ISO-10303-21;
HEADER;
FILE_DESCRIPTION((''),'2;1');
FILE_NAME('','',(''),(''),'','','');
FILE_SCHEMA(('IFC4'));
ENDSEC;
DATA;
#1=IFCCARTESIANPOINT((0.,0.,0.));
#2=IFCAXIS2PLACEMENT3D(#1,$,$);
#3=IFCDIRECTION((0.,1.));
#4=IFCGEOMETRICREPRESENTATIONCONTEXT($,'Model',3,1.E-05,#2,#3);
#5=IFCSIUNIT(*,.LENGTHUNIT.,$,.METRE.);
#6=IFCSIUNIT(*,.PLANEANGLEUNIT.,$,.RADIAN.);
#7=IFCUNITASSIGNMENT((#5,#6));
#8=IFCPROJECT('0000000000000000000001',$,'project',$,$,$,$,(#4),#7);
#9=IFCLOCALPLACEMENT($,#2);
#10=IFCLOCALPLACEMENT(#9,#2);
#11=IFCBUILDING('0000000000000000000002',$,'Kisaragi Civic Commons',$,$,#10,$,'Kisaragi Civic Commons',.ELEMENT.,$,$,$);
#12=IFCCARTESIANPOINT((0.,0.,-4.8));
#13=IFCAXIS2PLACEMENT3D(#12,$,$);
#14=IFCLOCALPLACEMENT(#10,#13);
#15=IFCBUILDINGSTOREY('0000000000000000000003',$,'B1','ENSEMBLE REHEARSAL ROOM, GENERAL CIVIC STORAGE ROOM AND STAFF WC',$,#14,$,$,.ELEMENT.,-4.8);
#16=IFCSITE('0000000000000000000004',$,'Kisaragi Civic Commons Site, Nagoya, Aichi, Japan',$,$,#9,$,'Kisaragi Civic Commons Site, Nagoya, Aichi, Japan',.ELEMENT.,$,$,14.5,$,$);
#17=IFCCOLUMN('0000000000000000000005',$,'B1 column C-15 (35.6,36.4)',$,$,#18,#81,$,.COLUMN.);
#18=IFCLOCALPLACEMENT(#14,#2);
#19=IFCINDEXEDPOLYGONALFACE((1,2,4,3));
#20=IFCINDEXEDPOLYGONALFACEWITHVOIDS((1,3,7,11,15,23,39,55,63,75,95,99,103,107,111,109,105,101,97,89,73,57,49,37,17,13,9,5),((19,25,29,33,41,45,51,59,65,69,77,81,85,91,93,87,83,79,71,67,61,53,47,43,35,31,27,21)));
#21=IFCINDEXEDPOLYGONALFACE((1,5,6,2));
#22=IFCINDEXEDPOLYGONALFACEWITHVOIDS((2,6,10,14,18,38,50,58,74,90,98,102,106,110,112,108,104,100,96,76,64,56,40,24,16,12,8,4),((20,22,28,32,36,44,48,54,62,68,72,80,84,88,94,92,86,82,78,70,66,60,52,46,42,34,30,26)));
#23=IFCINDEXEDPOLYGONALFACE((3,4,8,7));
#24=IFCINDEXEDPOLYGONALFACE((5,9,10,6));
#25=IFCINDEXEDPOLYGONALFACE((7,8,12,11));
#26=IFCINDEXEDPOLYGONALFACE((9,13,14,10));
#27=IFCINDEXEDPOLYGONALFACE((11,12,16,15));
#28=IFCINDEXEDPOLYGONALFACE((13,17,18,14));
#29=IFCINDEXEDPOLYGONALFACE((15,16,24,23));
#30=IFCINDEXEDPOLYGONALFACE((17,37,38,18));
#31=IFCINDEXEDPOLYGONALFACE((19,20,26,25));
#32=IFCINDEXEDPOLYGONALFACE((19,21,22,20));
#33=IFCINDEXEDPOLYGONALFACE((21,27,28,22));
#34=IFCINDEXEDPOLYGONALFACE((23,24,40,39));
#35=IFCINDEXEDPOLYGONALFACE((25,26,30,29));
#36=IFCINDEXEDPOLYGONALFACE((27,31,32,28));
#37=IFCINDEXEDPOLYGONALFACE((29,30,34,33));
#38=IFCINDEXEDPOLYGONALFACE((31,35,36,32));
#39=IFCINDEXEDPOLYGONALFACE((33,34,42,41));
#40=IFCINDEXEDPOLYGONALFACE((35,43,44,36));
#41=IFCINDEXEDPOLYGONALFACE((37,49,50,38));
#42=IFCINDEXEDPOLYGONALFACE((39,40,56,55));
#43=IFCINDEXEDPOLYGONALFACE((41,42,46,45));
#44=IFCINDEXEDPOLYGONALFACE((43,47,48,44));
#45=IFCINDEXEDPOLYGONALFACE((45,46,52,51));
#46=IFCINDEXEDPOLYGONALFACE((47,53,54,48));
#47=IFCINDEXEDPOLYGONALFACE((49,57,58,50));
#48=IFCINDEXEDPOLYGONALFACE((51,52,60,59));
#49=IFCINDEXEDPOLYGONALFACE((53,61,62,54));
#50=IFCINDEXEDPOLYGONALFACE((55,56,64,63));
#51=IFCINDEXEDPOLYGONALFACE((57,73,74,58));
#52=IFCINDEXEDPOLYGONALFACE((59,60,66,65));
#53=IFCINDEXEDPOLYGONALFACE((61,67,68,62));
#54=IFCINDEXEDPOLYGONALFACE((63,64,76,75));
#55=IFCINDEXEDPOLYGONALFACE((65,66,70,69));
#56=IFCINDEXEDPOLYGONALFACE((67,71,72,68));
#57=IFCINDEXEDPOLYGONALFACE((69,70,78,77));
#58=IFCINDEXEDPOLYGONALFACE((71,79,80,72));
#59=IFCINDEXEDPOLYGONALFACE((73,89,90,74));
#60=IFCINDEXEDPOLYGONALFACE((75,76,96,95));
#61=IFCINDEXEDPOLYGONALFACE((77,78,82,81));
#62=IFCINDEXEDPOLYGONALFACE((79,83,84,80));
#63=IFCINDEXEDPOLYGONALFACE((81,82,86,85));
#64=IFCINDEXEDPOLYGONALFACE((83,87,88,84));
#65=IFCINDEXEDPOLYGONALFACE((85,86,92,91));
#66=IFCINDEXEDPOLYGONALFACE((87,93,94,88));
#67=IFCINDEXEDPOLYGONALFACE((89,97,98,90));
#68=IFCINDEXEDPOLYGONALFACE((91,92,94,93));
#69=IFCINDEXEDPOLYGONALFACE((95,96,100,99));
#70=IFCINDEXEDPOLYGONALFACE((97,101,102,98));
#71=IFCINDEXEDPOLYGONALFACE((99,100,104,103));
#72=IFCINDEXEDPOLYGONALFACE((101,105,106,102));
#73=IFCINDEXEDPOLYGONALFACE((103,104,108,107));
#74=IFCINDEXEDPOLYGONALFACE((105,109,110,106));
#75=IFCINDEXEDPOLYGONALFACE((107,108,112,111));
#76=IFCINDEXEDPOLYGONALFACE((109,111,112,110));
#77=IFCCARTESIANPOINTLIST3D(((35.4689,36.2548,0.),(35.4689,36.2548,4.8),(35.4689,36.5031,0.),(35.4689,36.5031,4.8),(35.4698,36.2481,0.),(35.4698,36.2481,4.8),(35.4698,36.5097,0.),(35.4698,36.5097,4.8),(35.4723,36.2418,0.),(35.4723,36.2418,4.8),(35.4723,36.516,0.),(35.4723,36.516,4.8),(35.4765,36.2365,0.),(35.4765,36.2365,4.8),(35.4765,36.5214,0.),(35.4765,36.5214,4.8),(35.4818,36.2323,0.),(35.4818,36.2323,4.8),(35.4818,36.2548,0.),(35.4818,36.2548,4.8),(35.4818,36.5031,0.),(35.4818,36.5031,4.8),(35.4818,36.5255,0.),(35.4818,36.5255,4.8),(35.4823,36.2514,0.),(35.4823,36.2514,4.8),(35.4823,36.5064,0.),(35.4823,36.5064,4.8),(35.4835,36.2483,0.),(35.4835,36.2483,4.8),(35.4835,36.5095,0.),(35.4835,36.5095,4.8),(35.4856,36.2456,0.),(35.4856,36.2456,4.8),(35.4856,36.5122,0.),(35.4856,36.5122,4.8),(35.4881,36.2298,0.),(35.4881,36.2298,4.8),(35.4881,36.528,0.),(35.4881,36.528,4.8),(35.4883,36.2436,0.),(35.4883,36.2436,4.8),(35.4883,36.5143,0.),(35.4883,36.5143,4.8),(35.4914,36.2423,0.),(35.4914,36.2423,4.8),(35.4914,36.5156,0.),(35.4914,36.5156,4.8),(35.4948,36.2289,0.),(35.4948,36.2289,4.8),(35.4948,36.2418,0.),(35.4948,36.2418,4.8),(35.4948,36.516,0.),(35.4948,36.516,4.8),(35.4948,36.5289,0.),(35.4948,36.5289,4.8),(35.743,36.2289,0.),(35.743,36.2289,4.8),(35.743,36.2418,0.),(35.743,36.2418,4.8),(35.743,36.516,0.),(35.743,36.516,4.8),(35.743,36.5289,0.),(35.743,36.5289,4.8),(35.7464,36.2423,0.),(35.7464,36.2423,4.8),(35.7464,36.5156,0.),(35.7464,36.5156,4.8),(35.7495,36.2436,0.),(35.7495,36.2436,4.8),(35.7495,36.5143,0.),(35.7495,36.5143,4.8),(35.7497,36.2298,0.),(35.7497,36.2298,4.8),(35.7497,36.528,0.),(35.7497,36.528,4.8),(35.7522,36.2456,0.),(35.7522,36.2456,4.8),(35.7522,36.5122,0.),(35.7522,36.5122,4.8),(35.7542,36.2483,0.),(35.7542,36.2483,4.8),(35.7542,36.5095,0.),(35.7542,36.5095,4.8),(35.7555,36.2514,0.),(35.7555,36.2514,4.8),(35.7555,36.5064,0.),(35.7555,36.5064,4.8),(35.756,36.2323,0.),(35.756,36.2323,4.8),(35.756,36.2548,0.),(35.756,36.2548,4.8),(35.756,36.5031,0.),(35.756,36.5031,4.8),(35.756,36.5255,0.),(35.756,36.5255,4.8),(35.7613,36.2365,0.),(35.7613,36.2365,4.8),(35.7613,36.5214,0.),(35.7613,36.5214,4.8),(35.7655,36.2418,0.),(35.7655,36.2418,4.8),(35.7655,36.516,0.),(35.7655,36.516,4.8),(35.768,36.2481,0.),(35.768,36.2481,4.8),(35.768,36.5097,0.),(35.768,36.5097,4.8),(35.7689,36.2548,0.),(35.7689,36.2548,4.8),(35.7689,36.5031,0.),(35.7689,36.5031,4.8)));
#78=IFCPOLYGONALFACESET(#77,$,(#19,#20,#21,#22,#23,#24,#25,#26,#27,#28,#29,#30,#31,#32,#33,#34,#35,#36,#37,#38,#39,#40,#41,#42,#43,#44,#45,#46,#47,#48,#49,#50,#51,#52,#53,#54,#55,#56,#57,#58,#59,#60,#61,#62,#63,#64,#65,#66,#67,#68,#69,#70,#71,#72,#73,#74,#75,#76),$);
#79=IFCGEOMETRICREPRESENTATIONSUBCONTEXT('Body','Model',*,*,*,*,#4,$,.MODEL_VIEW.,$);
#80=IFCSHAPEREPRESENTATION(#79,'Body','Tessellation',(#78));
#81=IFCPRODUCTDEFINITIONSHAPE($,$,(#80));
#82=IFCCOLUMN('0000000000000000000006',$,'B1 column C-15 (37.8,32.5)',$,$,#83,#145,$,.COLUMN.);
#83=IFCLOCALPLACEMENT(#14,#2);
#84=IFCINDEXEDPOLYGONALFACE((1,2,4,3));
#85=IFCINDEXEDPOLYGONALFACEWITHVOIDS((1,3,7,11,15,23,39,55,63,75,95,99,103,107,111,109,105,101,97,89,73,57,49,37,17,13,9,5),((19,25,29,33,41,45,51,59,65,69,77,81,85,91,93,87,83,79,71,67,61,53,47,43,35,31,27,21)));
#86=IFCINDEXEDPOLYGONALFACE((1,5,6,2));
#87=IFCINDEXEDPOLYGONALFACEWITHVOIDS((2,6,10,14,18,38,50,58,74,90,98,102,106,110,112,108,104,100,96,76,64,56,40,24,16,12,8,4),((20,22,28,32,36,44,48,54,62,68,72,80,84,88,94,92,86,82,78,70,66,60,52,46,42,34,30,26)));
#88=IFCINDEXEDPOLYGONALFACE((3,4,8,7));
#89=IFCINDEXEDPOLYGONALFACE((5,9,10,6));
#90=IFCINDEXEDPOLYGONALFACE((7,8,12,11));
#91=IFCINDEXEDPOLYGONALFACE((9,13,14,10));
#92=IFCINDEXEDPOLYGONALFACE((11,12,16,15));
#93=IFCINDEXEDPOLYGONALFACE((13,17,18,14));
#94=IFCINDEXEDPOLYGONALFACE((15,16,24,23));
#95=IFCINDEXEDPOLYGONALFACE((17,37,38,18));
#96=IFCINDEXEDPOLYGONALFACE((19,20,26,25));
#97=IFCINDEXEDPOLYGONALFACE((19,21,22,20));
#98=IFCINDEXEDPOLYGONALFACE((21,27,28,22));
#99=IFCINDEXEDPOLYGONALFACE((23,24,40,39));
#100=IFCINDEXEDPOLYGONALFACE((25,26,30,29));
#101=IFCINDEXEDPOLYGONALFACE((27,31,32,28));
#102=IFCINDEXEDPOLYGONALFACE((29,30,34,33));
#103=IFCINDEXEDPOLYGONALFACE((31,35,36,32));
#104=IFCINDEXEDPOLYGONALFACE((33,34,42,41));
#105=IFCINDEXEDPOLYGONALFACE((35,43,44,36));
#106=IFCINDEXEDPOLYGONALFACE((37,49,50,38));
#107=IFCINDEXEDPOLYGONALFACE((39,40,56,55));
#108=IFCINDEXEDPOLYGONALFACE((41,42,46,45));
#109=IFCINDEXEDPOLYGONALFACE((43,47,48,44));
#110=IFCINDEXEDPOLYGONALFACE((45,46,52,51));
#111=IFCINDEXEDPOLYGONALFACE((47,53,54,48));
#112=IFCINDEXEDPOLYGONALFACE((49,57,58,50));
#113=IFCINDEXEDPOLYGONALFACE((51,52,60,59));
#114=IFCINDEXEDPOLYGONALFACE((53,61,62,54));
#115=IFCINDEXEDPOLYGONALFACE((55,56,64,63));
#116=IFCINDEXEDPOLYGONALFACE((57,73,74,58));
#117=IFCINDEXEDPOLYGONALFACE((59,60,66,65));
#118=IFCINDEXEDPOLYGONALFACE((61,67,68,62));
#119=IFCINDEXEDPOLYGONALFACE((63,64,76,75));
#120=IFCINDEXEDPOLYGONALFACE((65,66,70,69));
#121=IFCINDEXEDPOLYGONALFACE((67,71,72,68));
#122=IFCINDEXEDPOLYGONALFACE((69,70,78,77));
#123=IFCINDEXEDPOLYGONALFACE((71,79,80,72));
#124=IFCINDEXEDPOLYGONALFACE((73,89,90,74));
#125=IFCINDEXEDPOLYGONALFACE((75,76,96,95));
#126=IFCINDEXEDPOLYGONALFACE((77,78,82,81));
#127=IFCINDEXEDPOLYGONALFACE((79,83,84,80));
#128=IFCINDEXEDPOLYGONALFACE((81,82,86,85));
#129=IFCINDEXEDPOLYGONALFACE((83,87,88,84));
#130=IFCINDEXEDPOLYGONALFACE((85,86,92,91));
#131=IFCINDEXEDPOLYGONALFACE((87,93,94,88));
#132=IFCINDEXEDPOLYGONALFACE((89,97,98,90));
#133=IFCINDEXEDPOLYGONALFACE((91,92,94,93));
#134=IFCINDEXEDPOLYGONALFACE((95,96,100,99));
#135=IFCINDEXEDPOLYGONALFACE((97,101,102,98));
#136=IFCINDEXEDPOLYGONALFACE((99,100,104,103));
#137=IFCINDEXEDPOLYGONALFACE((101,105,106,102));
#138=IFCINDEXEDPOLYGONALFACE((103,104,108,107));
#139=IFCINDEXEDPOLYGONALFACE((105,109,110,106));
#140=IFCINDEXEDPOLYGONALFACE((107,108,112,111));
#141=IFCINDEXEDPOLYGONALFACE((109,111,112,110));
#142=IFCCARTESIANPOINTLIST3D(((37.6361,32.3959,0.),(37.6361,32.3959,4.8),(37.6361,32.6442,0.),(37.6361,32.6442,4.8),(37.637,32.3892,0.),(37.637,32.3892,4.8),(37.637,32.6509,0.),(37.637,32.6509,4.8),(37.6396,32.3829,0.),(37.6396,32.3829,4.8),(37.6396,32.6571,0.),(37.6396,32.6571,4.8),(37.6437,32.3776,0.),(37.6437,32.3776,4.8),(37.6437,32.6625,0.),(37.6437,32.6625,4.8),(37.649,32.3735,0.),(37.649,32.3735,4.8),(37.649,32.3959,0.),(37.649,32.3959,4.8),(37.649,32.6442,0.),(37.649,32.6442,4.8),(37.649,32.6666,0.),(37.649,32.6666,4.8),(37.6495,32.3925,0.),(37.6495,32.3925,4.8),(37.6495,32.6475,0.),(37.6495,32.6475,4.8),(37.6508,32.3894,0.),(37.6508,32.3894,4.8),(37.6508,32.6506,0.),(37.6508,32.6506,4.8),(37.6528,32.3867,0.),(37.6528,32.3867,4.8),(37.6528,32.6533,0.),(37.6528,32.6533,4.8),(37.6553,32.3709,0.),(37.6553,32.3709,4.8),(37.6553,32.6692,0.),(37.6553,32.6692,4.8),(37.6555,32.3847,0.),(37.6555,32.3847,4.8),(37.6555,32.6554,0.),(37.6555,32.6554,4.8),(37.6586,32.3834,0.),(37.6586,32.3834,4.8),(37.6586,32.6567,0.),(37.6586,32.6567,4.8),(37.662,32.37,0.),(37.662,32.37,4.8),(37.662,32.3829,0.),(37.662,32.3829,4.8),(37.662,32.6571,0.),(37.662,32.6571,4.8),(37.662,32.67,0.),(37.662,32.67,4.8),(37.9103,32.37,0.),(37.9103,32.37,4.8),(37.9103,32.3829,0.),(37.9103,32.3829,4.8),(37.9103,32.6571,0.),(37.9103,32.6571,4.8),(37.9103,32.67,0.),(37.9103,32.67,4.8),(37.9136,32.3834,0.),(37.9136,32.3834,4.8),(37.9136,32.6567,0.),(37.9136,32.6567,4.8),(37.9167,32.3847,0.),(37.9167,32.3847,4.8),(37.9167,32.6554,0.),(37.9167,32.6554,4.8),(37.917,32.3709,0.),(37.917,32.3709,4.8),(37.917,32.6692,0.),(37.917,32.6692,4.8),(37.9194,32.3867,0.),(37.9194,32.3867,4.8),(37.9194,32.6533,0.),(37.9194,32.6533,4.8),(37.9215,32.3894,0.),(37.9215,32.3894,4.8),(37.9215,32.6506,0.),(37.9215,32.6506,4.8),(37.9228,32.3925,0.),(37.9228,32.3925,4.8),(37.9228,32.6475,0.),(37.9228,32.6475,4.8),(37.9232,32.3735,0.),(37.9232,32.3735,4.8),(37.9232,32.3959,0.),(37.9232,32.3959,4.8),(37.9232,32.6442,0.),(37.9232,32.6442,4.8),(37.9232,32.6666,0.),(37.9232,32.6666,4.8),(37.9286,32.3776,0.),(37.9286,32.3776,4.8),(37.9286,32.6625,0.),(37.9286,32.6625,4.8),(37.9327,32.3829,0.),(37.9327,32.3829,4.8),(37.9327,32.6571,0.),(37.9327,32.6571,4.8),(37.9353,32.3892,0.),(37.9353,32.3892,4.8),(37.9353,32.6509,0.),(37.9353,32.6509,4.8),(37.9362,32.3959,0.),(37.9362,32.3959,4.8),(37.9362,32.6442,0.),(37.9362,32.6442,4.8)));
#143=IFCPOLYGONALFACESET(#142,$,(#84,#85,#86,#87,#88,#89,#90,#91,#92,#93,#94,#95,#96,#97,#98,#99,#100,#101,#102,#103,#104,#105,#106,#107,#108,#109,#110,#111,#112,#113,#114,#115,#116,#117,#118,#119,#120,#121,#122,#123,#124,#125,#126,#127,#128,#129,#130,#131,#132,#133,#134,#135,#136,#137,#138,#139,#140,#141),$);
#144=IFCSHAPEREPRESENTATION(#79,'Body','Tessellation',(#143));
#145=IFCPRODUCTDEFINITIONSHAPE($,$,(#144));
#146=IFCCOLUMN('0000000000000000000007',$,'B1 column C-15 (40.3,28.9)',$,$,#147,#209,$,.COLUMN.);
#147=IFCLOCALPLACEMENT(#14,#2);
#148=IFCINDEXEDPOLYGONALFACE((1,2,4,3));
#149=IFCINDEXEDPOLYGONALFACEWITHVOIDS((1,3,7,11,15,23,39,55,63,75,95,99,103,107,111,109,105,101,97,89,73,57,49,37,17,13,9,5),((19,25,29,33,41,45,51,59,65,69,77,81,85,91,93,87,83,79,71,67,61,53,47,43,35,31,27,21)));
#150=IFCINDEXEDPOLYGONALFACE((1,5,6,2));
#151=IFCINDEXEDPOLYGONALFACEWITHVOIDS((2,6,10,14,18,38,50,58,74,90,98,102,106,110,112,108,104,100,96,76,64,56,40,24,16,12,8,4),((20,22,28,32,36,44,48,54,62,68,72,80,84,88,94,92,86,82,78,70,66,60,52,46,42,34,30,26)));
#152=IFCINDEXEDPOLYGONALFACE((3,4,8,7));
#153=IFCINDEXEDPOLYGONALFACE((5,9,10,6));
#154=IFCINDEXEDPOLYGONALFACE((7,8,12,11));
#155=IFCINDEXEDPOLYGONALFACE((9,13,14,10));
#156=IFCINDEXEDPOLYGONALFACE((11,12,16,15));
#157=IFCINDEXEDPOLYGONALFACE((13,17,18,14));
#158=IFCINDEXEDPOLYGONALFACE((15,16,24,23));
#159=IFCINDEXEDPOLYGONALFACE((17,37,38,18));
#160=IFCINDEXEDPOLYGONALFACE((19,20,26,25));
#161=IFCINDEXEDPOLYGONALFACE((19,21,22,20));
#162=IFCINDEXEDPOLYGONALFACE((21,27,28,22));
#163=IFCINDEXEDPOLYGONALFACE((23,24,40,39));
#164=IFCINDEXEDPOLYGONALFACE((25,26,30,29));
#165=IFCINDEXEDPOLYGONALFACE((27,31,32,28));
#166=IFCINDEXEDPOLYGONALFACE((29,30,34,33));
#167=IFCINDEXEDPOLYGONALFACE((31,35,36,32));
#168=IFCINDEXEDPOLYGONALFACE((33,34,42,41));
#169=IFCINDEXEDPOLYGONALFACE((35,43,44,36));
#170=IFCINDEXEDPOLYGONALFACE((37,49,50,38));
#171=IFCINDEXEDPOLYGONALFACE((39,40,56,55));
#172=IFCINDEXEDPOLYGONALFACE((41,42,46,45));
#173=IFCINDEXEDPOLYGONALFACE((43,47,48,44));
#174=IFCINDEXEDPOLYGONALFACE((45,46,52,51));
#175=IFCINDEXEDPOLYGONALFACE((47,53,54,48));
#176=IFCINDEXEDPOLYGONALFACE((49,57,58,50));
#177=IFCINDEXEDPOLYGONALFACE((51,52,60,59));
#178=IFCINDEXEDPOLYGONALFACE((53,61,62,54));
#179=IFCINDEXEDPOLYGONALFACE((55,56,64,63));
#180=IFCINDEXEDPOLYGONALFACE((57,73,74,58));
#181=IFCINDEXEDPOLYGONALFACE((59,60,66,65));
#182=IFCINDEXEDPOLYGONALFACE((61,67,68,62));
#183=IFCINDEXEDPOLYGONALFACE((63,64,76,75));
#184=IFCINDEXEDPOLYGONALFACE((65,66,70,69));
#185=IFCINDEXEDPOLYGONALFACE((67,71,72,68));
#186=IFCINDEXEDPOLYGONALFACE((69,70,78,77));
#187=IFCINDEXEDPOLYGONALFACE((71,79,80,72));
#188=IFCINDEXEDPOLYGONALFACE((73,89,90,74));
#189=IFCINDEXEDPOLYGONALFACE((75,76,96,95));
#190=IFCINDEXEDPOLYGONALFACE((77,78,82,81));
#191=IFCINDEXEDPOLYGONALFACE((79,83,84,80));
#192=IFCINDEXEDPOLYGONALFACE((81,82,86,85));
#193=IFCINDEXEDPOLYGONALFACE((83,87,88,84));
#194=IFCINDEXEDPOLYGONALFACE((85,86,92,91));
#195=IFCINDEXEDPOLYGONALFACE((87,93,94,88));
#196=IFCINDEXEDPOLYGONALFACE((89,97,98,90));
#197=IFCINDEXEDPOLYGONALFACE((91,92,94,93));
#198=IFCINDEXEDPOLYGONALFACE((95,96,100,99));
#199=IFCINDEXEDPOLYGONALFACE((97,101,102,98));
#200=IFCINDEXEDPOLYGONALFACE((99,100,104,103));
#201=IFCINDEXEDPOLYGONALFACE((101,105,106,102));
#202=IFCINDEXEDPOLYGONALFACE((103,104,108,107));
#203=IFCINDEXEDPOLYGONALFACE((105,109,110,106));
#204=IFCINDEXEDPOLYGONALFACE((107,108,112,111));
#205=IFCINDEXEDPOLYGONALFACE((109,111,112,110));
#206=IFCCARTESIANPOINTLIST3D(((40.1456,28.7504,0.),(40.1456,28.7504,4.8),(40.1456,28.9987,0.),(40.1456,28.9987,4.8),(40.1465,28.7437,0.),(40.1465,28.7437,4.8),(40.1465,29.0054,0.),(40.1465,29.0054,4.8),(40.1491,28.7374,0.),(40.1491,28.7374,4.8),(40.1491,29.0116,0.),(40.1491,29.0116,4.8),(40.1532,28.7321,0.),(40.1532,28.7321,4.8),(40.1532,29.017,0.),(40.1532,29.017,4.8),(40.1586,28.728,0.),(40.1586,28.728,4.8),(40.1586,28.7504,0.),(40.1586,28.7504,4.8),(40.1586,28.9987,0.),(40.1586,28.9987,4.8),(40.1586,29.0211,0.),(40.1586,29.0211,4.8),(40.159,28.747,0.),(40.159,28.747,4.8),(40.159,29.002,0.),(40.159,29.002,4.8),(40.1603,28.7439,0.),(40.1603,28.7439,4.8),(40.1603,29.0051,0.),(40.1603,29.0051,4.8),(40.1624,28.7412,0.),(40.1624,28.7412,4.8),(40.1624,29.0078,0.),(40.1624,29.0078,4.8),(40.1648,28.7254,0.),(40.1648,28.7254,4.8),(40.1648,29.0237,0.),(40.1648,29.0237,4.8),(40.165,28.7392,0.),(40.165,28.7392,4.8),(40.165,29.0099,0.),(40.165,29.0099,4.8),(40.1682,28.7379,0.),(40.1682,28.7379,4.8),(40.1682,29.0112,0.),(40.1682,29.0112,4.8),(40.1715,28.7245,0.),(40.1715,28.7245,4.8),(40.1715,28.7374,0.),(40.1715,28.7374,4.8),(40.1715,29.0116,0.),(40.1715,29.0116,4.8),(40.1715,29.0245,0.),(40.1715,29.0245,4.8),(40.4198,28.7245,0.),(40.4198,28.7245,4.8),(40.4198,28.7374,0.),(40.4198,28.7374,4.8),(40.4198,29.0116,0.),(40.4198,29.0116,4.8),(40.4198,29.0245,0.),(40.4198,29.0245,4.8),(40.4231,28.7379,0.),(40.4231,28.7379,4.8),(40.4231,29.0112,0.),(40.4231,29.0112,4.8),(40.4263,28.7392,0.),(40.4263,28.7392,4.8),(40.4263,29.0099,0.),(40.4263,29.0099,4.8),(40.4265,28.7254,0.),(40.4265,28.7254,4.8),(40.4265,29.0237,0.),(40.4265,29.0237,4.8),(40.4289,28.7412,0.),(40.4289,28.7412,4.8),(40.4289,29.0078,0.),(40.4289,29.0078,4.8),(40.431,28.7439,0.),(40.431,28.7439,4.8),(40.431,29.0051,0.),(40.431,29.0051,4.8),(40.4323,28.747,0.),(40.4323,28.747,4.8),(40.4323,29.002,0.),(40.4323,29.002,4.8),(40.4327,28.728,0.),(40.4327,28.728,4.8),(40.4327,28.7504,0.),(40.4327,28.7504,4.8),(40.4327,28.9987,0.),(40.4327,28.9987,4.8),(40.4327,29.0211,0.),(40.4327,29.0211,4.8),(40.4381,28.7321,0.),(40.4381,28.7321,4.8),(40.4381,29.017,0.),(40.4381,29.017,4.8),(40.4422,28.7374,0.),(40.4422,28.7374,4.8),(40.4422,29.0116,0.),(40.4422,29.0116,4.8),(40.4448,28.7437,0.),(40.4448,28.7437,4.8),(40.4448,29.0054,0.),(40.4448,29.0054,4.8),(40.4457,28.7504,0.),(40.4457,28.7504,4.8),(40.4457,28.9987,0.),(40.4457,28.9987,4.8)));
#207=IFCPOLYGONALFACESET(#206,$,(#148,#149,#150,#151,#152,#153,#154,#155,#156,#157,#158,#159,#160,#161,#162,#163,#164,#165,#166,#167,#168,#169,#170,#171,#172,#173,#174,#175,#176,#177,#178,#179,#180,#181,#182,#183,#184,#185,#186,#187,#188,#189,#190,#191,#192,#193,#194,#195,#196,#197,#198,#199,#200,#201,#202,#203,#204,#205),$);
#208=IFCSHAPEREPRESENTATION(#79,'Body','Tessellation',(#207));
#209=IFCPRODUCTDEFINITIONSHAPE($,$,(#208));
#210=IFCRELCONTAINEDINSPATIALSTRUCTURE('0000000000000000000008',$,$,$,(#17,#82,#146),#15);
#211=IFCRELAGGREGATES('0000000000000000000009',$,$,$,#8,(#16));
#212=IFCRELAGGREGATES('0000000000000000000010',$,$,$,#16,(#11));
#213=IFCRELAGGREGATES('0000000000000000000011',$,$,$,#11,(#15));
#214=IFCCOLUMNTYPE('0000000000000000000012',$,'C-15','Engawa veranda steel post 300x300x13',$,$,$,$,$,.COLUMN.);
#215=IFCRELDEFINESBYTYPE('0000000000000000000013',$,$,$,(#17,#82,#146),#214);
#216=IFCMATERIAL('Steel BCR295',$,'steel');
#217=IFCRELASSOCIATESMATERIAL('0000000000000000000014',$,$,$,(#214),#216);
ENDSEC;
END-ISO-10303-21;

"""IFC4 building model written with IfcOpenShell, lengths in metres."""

from ifc_helpers import new_model, si_unit, direction, frame, origin, origin_2d, place, context, subcontext, project, spatial, hollow_rectangle, extrude, material, material_profile, profile_set, type_object, element, save


model = new_model("IFC4")

# Units and contexts
model_context = context("Model", 3, precision=1e-05, world=origin(), true_north=direction((0.0, 1.0)))
body_context = subcontext(model_context, "Body", "Model", "MODEL_VIEW")
ifc_project = project(units=[si_unit("LENGTHUNIT", "METRE"), si_unit("PLANEANGLEUNIT", "RADIAN")], contexts=[model_context])

# Site, building, storey
site_placement = place(None, origin())
site = spatial("IfcSite", under=ifc_project, at=site_placement, Name="Kisaragi Civic Commons Site, Nagoya, Aichi, Japan", LongName="Kisaragi Civic Commons Site, Nagoya, Aichi, Japan", CompositionType="ELEMENT", RefElevation=14.5)
building_placement = place(site_placement, origin())
building = spatial("IfcBuilding", under=site, at=building_placement, Name="Kisaragi Civic Commons", LongName="Kisaragi Civic Commons", CompositionType="ELEMENT")
storey_placement = place(building_placement, frame((0.0, 0.0, -4.8)))
storey = spatial("IfcBuildingStorey", under=building, at=storey_placement, Name="B1", Description="ENSEMBLE REHEARSAL ROOM, GENERAL CIVIC STORAGE ROOM AND STAFF WC", CompositionType="ELEMENT", Elevation=-4.8)

# Columns
ifc_material_1 = material(Name="Steel BCR295", Category="steel")
ifc_material_profile_1 = material_profile(ifc_material_1, hollow_rectangle(XDim=0.3, YDim=0.3, WallThickness=0.0129, InnerFilletRadius=0.0129, OuterFilletRadius=0.0259, at=origin_2d()), Name="BCR-300x300x13", Category="steel")
ifc_profile_set_1 = profile_set([ifc_material_profile_1], Name="Steel BCR295")
column_type_1 = type_object("IfcColumnType", Name="C-15", Description="Engawa veranda steel post 300x300x13", PredefinedType="COLUMN", material=ifc_profile_set_1)
for number, where, z_axis, x_axis, name in (
    (1, (35.6189, 36.3789, 0.0), (0.0, 0.0, 1.0), (1.0, 0.0, 0.0), "B1 column C-15 (35.6,36.4)"),
    (2, (37.7861, 32.52, 0.0), (0.0, 0.0, 1.0), (1.0, 0.0, 0.0), "B1 column C-15 (37.8,32.5)"),
    (3, (40.2957, 28.8745, 0.0), (0.0, 0.0, 1.0), (1.0, 0.0, 0.0), "B1 column C-15 (40.3,28.9)"),
):
    element("IfcColumn", number, at=place(storey_placement, frame(where, z_axis=z_axis, x_axis=x_axis)), inside=storey, type_object=column_type_1, Name=name, PredefinedType="COLUMN", context=body_context, shape_type="SweptSolid", body=[
        extrude(hollow_rectangle(XDim=0.3, YDim=0.3, WallThickness=0.0129, InnerFilletRadius=0.0129, OuterFilletRadius=0.0259, at=origin_2d()), origin(), (0.0, 0.0, 1.0), 4.8),
    ])

save(model, "model.ifc")
